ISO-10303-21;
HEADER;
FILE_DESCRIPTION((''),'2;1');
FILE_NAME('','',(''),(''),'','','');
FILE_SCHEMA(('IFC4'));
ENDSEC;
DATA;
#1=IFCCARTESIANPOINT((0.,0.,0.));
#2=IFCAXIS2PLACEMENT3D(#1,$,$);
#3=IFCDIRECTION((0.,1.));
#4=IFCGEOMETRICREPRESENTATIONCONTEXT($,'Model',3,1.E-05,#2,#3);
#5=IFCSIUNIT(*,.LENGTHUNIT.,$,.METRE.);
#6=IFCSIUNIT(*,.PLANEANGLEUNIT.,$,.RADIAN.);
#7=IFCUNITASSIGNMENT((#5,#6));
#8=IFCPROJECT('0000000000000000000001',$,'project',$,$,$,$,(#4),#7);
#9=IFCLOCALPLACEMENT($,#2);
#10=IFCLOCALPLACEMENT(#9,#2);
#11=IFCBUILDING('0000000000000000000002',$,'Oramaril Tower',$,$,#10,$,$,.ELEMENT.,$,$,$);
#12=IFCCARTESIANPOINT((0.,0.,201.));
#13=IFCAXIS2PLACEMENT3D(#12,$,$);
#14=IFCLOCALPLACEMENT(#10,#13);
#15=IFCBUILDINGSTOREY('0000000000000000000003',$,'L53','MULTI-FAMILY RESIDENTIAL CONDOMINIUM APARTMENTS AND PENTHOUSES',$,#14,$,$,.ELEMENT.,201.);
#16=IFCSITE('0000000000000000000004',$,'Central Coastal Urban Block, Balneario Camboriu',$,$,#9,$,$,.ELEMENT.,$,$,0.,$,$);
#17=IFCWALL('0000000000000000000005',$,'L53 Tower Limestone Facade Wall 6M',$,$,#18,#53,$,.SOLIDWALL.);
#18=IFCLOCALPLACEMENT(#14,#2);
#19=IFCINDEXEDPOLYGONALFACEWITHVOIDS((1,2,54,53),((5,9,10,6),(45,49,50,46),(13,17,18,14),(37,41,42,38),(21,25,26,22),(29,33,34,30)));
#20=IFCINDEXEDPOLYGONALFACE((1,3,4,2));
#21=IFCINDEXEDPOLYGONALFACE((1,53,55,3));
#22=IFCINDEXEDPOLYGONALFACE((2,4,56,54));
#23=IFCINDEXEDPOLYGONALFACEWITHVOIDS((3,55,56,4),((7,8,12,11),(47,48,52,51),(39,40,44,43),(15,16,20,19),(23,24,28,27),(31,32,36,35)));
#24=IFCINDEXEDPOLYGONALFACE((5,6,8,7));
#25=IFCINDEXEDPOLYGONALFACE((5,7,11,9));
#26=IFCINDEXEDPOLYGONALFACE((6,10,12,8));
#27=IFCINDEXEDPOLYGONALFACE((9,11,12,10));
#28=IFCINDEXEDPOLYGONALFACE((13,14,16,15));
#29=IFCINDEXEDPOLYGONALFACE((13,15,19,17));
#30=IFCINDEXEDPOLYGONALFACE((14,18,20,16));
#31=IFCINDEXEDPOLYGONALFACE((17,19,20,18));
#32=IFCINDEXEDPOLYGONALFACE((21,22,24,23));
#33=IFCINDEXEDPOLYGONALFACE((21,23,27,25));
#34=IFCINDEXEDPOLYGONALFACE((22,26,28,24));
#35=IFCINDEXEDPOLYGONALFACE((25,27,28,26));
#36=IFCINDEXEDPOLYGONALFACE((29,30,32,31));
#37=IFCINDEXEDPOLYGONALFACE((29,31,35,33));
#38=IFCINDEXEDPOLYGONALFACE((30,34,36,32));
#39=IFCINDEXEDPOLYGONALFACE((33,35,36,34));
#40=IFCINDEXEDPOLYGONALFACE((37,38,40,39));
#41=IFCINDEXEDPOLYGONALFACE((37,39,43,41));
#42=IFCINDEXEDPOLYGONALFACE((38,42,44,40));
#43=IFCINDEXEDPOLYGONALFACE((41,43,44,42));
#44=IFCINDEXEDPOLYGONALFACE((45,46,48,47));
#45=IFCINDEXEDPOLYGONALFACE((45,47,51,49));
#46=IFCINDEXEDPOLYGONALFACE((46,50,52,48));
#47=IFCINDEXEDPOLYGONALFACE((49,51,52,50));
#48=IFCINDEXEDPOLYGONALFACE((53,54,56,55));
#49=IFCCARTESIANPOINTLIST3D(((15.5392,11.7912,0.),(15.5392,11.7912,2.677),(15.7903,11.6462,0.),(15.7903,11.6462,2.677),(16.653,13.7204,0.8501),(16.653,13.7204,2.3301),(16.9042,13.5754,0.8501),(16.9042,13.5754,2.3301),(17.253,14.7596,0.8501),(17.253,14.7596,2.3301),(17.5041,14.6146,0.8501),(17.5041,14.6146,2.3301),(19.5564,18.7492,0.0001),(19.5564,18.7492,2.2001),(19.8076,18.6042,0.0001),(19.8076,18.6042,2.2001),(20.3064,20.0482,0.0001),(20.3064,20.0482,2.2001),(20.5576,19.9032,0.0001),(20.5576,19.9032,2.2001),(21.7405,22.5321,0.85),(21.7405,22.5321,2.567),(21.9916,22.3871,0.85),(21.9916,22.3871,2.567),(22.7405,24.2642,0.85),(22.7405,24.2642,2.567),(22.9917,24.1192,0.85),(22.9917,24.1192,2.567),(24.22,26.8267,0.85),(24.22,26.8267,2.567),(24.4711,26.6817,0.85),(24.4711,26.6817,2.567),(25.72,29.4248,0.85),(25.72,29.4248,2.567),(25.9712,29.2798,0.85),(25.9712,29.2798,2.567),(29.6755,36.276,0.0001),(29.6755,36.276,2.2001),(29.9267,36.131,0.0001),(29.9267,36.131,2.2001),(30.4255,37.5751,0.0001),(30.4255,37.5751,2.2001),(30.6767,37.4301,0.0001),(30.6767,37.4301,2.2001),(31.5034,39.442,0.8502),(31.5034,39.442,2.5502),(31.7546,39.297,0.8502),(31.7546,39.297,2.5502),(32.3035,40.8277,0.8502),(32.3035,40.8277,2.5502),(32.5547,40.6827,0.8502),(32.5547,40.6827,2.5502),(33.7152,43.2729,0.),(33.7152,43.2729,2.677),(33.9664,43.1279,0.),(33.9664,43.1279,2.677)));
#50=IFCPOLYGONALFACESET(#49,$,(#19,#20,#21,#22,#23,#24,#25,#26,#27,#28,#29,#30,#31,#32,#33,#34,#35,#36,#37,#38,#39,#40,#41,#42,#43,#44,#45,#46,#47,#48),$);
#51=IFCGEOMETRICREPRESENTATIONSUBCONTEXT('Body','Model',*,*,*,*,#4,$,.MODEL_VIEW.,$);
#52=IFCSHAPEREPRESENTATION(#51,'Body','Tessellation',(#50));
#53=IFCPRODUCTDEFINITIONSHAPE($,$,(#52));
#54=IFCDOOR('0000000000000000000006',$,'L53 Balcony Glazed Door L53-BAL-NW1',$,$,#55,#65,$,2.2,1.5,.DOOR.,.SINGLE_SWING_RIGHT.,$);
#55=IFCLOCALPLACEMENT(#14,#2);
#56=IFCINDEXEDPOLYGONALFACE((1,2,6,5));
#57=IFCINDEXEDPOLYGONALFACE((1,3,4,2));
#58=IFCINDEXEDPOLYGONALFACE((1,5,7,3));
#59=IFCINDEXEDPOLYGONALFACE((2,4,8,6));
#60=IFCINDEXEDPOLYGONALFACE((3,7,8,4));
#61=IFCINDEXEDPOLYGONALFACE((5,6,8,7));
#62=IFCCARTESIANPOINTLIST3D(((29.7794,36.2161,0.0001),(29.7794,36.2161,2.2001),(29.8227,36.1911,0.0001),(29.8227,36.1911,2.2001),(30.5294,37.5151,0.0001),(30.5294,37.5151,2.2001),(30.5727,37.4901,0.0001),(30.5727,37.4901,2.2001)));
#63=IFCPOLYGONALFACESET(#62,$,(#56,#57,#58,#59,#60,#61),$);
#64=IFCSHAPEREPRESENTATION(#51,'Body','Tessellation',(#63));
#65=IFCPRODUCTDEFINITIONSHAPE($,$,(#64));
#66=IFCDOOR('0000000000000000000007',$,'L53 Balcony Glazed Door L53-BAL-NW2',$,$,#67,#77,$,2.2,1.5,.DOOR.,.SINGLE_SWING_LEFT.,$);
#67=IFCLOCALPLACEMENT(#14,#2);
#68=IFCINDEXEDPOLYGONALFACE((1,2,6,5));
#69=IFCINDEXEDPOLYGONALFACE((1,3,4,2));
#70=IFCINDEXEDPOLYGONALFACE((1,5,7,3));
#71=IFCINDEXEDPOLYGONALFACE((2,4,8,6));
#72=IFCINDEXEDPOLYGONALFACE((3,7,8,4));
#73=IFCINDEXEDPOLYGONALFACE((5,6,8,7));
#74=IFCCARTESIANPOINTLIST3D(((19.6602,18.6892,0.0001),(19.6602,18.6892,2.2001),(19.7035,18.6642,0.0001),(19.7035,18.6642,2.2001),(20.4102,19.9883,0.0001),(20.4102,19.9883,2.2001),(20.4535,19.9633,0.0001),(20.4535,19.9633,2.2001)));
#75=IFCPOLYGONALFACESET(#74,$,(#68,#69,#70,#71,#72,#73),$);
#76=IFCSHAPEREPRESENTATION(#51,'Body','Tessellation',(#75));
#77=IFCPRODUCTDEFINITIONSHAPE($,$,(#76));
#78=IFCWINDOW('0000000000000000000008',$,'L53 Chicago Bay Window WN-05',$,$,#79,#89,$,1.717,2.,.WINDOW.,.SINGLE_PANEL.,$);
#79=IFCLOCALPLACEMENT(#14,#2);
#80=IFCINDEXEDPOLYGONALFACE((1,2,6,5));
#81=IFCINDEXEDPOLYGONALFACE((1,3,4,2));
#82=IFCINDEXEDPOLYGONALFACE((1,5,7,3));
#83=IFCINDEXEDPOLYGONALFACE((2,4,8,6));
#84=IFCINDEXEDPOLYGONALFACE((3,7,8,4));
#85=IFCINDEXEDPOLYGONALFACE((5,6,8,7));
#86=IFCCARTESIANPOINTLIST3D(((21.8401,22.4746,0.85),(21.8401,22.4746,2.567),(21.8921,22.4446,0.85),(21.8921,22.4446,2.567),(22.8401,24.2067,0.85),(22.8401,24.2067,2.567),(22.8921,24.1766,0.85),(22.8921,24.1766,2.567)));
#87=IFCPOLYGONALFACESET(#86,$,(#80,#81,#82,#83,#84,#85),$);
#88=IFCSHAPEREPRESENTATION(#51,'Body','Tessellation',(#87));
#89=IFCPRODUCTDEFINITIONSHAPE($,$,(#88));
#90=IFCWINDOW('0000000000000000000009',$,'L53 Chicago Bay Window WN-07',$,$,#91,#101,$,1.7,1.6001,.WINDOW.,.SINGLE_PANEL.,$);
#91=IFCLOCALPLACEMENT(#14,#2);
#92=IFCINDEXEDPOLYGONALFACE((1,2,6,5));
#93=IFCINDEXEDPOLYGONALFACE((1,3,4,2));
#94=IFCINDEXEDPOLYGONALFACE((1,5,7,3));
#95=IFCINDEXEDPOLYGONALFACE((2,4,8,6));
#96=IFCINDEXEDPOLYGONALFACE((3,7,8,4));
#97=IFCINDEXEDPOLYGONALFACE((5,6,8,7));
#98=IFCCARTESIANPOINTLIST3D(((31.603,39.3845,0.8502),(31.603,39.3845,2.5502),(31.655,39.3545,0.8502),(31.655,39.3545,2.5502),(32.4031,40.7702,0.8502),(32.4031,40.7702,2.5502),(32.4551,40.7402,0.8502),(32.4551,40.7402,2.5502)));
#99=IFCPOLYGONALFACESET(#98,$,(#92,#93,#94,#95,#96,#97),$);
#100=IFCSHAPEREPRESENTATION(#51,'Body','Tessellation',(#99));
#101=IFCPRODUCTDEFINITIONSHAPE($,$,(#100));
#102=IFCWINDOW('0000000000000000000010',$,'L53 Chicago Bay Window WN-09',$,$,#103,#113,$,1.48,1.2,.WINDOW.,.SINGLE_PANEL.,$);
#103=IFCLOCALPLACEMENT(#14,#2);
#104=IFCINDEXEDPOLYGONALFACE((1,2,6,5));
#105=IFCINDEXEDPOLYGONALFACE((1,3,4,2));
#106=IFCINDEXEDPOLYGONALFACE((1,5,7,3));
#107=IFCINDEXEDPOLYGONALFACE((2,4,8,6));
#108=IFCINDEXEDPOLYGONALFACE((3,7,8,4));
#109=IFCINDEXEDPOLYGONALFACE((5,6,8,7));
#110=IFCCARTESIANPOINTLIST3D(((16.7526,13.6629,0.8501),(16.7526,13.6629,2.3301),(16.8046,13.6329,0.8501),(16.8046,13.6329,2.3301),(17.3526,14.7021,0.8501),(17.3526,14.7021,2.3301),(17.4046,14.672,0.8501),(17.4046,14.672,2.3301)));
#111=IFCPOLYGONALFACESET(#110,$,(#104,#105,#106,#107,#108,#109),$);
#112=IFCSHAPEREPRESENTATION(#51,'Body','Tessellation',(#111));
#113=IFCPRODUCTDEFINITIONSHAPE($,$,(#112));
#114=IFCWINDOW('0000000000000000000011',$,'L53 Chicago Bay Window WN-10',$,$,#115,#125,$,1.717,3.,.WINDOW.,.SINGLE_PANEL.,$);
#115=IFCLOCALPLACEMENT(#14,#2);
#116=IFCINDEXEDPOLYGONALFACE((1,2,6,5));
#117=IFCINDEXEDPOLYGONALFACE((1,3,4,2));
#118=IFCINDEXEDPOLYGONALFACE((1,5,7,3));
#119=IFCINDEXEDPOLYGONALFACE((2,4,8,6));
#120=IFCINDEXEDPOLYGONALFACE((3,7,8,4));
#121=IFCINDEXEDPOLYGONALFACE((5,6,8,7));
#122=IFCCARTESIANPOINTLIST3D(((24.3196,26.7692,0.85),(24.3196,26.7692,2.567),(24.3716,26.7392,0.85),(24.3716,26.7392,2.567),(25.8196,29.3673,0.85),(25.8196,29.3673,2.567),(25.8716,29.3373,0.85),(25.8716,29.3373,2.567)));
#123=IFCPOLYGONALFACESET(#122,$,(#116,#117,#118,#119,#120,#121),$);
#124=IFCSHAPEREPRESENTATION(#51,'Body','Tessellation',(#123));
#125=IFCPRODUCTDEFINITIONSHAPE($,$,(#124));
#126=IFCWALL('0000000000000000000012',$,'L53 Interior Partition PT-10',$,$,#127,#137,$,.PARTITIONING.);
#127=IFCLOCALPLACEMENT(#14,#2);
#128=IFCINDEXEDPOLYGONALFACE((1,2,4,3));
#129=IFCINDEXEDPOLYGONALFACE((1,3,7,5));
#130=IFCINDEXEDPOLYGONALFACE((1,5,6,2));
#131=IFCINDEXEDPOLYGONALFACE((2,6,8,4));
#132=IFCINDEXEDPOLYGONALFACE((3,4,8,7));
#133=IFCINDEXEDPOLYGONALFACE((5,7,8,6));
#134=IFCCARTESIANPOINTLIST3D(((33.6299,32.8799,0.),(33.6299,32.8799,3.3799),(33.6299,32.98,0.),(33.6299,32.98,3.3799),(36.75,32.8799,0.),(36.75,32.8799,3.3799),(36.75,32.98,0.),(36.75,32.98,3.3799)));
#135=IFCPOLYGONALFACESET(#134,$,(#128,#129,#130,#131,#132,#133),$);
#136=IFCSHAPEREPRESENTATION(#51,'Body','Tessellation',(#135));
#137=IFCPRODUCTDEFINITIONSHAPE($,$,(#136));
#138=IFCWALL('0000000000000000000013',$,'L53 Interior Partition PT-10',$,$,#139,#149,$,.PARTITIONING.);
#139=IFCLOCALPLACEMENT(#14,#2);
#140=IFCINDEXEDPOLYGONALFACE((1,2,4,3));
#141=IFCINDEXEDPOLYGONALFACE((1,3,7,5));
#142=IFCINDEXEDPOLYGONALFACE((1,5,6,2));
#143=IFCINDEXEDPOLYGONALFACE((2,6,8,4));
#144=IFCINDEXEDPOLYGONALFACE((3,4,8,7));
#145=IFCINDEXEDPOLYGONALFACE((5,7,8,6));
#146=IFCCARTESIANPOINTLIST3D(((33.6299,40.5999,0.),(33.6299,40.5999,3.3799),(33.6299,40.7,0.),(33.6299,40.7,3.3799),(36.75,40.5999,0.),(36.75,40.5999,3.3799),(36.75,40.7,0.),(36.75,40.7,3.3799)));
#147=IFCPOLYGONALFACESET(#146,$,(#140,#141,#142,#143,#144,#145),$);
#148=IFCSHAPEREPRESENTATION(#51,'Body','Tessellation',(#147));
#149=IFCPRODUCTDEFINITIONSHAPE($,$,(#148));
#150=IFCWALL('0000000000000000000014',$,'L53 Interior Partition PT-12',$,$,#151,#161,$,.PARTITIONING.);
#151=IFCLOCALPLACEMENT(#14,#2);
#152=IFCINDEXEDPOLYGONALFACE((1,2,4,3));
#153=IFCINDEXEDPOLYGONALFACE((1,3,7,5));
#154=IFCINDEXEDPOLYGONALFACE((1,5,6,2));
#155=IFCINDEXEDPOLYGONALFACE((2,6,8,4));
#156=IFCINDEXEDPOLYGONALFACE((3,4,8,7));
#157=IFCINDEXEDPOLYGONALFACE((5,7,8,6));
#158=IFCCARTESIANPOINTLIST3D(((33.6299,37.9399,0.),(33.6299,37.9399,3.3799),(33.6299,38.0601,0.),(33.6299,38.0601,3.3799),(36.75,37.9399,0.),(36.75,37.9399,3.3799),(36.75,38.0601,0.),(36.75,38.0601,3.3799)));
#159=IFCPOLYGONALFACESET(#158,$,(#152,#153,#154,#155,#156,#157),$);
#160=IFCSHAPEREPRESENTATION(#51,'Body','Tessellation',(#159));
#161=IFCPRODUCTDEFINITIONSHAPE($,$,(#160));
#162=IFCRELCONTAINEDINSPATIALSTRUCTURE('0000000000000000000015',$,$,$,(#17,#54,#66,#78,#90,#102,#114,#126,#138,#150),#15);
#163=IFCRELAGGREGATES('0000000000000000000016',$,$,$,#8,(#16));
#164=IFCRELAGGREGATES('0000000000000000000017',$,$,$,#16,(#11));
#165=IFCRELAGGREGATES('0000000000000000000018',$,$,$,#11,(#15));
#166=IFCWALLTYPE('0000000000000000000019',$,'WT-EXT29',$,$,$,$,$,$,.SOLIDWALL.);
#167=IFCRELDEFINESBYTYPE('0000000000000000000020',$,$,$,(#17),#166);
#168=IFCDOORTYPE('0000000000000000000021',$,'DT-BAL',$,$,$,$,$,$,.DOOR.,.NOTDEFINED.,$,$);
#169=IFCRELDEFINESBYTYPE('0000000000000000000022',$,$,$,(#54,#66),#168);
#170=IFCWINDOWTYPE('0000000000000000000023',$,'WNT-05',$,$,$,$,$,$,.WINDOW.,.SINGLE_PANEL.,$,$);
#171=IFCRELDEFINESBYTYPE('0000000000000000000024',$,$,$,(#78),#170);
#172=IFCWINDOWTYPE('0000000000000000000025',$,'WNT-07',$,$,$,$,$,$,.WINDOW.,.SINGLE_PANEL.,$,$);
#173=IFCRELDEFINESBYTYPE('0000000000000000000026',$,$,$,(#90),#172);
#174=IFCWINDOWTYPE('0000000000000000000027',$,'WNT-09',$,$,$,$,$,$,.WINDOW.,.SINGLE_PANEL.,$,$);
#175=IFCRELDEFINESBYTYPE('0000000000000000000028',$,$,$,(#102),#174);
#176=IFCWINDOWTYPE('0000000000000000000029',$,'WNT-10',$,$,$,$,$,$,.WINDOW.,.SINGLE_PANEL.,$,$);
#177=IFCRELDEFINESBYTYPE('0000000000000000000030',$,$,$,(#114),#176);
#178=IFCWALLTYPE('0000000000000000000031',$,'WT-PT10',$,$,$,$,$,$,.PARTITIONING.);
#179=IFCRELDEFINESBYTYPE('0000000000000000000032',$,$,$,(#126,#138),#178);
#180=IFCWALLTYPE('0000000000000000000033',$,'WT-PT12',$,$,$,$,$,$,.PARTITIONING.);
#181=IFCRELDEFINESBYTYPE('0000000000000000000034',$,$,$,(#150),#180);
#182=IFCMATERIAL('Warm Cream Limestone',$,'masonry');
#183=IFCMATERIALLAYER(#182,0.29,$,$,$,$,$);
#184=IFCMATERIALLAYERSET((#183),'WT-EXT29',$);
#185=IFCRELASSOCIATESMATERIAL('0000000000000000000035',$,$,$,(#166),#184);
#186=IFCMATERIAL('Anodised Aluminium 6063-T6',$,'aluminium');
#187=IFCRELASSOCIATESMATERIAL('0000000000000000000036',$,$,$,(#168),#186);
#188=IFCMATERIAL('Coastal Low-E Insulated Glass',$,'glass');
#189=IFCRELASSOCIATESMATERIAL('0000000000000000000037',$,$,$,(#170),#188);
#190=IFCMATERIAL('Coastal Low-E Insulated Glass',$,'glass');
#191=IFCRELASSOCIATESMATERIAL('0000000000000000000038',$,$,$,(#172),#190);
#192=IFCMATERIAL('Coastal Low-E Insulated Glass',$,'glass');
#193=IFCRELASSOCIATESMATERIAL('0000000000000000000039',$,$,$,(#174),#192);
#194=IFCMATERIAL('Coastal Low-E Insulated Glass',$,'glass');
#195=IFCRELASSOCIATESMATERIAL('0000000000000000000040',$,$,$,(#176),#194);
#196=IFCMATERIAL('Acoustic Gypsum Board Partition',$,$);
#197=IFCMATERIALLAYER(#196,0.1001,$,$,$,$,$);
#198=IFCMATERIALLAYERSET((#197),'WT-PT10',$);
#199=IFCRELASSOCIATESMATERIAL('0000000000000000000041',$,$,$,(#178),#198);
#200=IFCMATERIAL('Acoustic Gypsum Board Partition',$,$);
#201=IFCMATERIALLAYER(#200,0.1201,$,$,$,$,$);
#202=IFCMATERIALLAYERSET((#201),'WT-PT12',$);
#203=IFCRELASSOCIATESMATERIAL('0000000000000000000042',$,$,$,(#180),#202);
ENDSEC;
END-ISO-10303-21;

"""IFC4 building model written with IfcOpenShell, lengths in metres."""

from ifc_helpers import new_model, si_unit, direction, frame, frame_2d, origin, place, context, subcontext, project, spatial, rectangle, extrude, material, layer, layer_set, type_object, element, fill, save


model = new_model("IFC4")

# Units and contexts
model_context = context("Model", 3, precision=1e-05, world=origin(), true_north=direction((0.0, 1.0)))
body_context = subcontext(model_context, "Body", "Model", "MODEL_VIEW")
ifc_project = project(units=[si_unit("LENGTHUNIT", "METRE"), si_unit("PLANEANGLEUNIT", "RADIAN")], contexts=[model_context])

# Site, building, storey
site_placement = place(None, origin())
site = spatial("IfcSite", under=ifc_project, at=site_placement, Name="Central Coastal Urban Block, Balneario Camboriu", CompositionType="ELEMENT", RefElevation=0.0)
building_placement = place(site_placement, origin())
building = spatial("IfcBuilding", under=site, at=building_placement, Name="Oramaril Tower", CompositionType="ELEMENT")
storey_placement = place(building_placement, frame((0.0, 0.0, 201.0)))
storey = spatial("IfcBuildingStorey", under=building, at=storey_placement, Name="L53", Description="MULTI-FAMILY RESIDENTIAL CONDOMINIUM APARTMENTS AND PENTHOUSES", CompositionType="ELEMENT", Elevation=201.0)

# Shared definitions
ifc_material_1 = material(Name="Warm Cream Limestone", Category="masonry")
ifc_layer_1 = layer(ifc_material_1, 0.29)
ifc_layer_set_1 = layer_set([ifc_layer_1], Name="WT-EXT29")
wall_type_1 = type_object("IfcWallType", Name="WT-EXT29", PredefinedType="SOLIDWALL", material=ifc_layer_set_1)

# Wall, openings, doors, windows
wall_1_placement = place(storey_placement, frame((33.8408, 43.2004, 0.0), z_axis=(0.0, 0.0, 1.0), x_axis=(-0.500001, -0.866025, 0.0)))
wall_1 = element("IfcWall", 1, at=wall_1_placement, inside=storey, type_object=wall_type_1, Name="L53 Tower Limestone Facade Wall 6M", PredefinedType="SOLIDWALL", context=body_context, shape_type="SweptSolid", body=[
    extrude(rectangle(XDim=36.3521, YDim=0.29, at=frame_2d((18.176, 0.0))), origin(), (0.0, 0.0, 1.0), 2.677),
])
opening_1_placement = place(wall_1_placement, frame((6.5793, 0.0, 0.0)))
opening_1 = element("IfcOpeningElement", 2, at=opening_1_placement, cuts=wall_1, PredefinedType="OPENING", context=body_context, shape_type="SweptSolid", body=[
    extrude(rectangle(XDim=1.5, YDim=2.2, at=frame_2d((0.75, 1.1001))), frame((0.0, 0.145, 0.0), z_axis=(0.0, -1.0, 0.0), x_axis=(1.0, 0.0, 0.0)), (0.0, 0.0, 1.0), 0.29),
])
opening_2_placement = place(wall_1_placement, frame((26.8176, 0.0, 0.0)))
opening_2 = element("IfcOpeningElement", 3, at=opening_2_placement, cuts=wall_1, PredefinedType="OPENING", context=body_context, shape_type="SweptSolid", body=[
    extrude(rectangle(XDim=1.5, YDim=2.2, at=frame_2d((0.75, 1.1001))), frame((0.0, 0.145, 0.0), z_axis=(0.0, -1.0, 0.0), x_axis=(1.0, 0.0, 0.0)), (0.0, 0.0, 1.0), 0.29),
])
opening_3_placement = place(wall_1_placement, frame((32.9243, 0.0, 0.8501)))
opening_3 = element("IfcOpeningElement", 4, at=opening_3_placement, cuts=wall_1, PredefinedType="OPENING", context=body_context, shape_type="SweptSolid", body=[
    extrude(rectangle(XDim=1.2, YDim=1.48, at=frame_2d((0.6001, 0.74))), frame((0.0, 0.145, 0.0), z_axis=(0.0, -1.0, 0.0), x_axis=(1.0, 0.0, 0.0)), (0.0, 0.0, 1.0), 0.29),
])
opening_4_placement = place(wall_1_placement, frame((21.9495, 0.0, 0.8501)))
opening_4 = element("IfcOpeningElement", 5, at=opening_4_placement, cuts=wall_1, PredefinedType="OPENING", context=body_context, shape_type="SweptSolid", body=[
    extrude(rectangle(XDim=2.0, YDim=1.717, at=frame_2d((1.0, 0.8584))), frame((0.0, 0.145, 0.0), z_axis=(0.0, -1.0, 0.0), x_axis=(1.0, 0.0, 0.0)), (0.0, 0.0, 1.0), 0.29),
])
opening_5_placement = place(wall_1_placement, frame((2.8235, 0.0, 0.8501)))
opening_5 = element("IfcOpeningElement", 6, at=opening_5_placement, cuts=wall_1, PredefinedType="OPENING", context=body_context, shape_type="SweptSolid", body=[
    extrude(rectangle(XDim=1.6001, YDim=1.7, at=frame_2d((0.8, 0.8501))), frame((0.0, 0.145, 0.0), z_axis=(0.0, -1.0, 0.0), x_axis=(1.0, 0.0, 0.0)), (0.0, 0.0, 1.0), 0.29),
])
opening_6_placement = place(wall_1_placement, frame((15.9905, 0.0, 0.8501)))
opening_6 = element("IfcOpeningElement", 7, at=opening_6_placement, cuts=wall_1, PredefinedType="OPENING", context=body_context, shape_type="SweptSolid", body=[
    extrude(rectangle(XDim=3.0, YDim=1.717, at=frame_2d((1.5, 0.8584))), frame((0.0, 0.145, 0.0), z_axis=(0.0, -1.0, 0.0), x_axis=(1.0, 0.0, 0.0)), (0.0, 0.0, 1.0), 0.29),
])
ifc_material_2 = material(Name="Anodised Aluminium 6063-T6", Category="aluminium")
door_type_1 = type_object("IfcDoorType", Name="DT-BAL", OperationType="NOTDEFINED", PredefinedType="DOOR", material=ifc_material_2)
door_1_placement = place(opening_1_placement, origin())
door_1 = element("IfcDoor", 8, at=door_1_placement, inside=storey, type_object=door_type_1, Name="L53 Balcony Glazed Door L53-BAL-NW1", OperationType="SINGLE_SWING_RIGHT", OverallHeight=2.2, OverallWidth=1.5, PredefinedType="DOOR", context=body_context, shape_type="SweptSolid", body=[
    extrude(rectangle(XDim=1.5, YDim=2.2, at=frame_2d((0.75, 1.1001))), frame((0.0, 0.0249, 0.0), z_axis=(0.0, -1.0, 0.0), x_axis=(1.0, 0.0, 0.0)), (0.0, 0.0, 1.0), 0.05),
])
fill(opening_1, door_1)
door_2_placement = place(opening_2_placement, origin())
door_2 = element("IfcDoor", 9, at=door_2_placement, inside=storey, type_object=door_type_1, Name="L53 Balcony Glazed Door L53-BAL-NW2", OperationType="SINGLE_SWING_LEFT", OverallHeight=2.2, OverallWidth=1.5, PredefinedType="DOOR", context=body_context, shape_type="SweptSolid", body=[
    extrude(rectangle(XDim=1.5, YDim=2.2, at=frame_2d((0.75, 1.1001))), frame((0.0, 0.0249, 0.0), z_axis=(0.0, -1.0, 0.0), x_axis=(1.0, 0.0, 0.0)), (0.0, 0.0, 1.0), 0.05),
])
fill(opening_2, door_2)
ifc_material_3 = material(Name="Coastal Low-E Insulated Glass", Category="glass")
window_type_1 = type_object("IfcWindowType", Name="WNT-05", PartitioningType="SINGLE_PANEL", PredefinedType="WINDOW", material=ifc_material_3)
window_1_placement = place(opening_4_placement, origin())
window_1 = element("IfcWindow", 10, at=window_1_placement, inside=storey, type_object=window_type_1, Name="L53 Chicago Bay Window WN-05", OverallHeight=1.717, OverallWidth=2.0, PartitioningType="SINGLE_PANEL", PredefinedType="WINDOW", context=body_context, shape_type="SweptSolid", body=[
    extrude(rectangle(XDim=2.0, YDim=1.717, at=frame_2d((1.0, 0.8584))), frame((0.0, 0.03, 0.0), z_axis=(0.0, -1.0, 0.0), x_axis=(1.0, 0.0, 0.0)), (0.0, 0.0, 1.0), 0.0601),
])
fill(opening_4, window_1)
ifc_material_4 = material(Name="Coastal Low-E Insulated Glass", Category="glass")
window_type_2 = type_object("IfcWindowType", Name="WNT-07", PartitioningType="SINGLE_PANEL", PredefinedType="WINDOW", material=ifc_material_4)
window_2_placement = place(opening_5_placement, origin())
window_2 = element("IfcWindow", 11, at=window_2_placement, inside=storey, type_object=window_type_2, Name="L53 Chicago Bay Window WN-07", OverallHeight=1.7, OverallWidth=1.6001, PartitioningType="SINGLE_PANEL", PredefinedType="WINDOW", context=body_context, shape_type="SweptSolid", body=[
    extrude(rectangle(XDim=1.6001, YDim=1.7, at=frame_2d((0.8, 0.8501))), frame((0.0, 0.03, 0.0), z_axis=(0.0, -1.0, 0.0), x_axis=(1.0, 0.0, 0.0)), (0.0, 0.0, 1.0), 0.0601),
])
fill(opening_5, window_2)
ifc_material_5 = material(Name="Coastal Low-E Insulated Glass", Category="glass")
window_type_3 = type_object("IfcWindowType", Name="WNT-09", PartitioningType="SINGLE_PANEL", PredefinedType="WINDOW", material=ifc_material_5)
window_3_placement = place(opening_3_placement, origin())
window_3 = element("IfcWindow", 12, at=window_3_placement, inside=storey, type_object=window_type_3, Name="L53 Chicago Bay Window WN-09", OverallHeight=1.48, OverallWidth=1.2, PartitioningType="SINGLE_PANEL", PredefinedType="WINDOW", context=body_context, shape_type="SweptSolid", body=[
    extrude(rectangle(XDim=1.2, YDim=1.48, at=frame_2d((0.6001, 0.74))), frame((0.0, 0.03, 0.0), z_axis=(0.0, -1.0, 0.0), x_axis=(1.0, 0.0, 0.0)), (0.0, 0.0, 1.0), 0.0601),
])
fill(opening_3, window_3)
ifc_material_6 = material(Name="Coastal Low-E Insulated Glass", Category="glass")
window_type_4 = type_object("IfcWindowType", Name="WNT-10", PartitioningType="SINGLE_PANEL", PredefinedType="WINDOW", material=ifc_material_6)
window_4_placement = place(opening_6_placement, origin())
window_4 = element("IfcWindow", 13, at=window_4_placement, inside=storey, type_object=window_type_4, Name="L53 Chicago Bay Window WN-10", OverallHeight=1.717, OverallWidth=3.0, PartitioningType="SINGLE_PANEL", PredefinedType="WINDOW", context=body_context, shape_type="SweptSolid", body=[
    extrude(rectangle(XDim=3.0, YDim=1.717, at=frame_2d((1.5, 0.8584))), frame((0.0, 0.03, 0.0), z_axis=(0.0, -1.0, 0.0), x_axis=(1.0, 0.0, 0.0)), (0.0, 0.0, 1.0), 0.0601),
])
fill(opening_6, window_4)

# Walls
ifc_material_7 = material(Name="Acoustic Gypsum Board Partition")
ifc_layer_2 = layer(ifc_material_7, 0.1001)
ifc_layer_set_2 = layer_set([ifc_layer_2], Name="WT-PT10")
wall_type_2 = type_object("IfcWallType", Name="WT-PT10", PredefinedType="PARTITIONING", material=ifc_layer_set_2)
for number, where, z_axis, x_axis, name in (
    (14, (33.6299, 32.9299, 0.0), (0.0, 0.0, 1.0), (1.0, 0.0, 0.0), "L53 Interior Partition PT-10"),
    (15, (33.6299, 40.6499, 0.0), (0.0, 0.0, 1.0), (1.0, 0.0, 0.0), "L53 Interior Partition PT-10"),
):
    element("IfcWall", number, at=place(storey_placement, frame(where, z_axis=z_axis, x_axis=x_axis)), inside=storey, type_object=wall_type_2, Name=name, PredefinedType="PARTITIONING", context=body_context, shape_type="SweptSolid", body=[
        extrude(rectangle(XDim=3.1201, YDim=0.1001, at=frame_2d((1.5601, 0.0))), origin(), (0.0, 0.0, 1.0), 3.3799),
    ])
ifc_material_8 = material(Name="Acoustic Gypsum Board Partition")
ifc_layer_3 = layer(ifc_material_8, 0.1201)
ifc_layer_set_3 = layer_set([ifc_layer_3], Name="WT-PT12")
wall_type_3 = type_object("IfcWallType", Name="WT-PT12", PredefinedType="PARTITIONING", material=ifc_layer_set_3)
wall_2_placement = place(storey_placement, frame((33.6299, 38.0, 0.0), z_axis=(0.0, 0.0, 1.0), x_axis=(1.0, 0.0, 0.0)))
element("IfcWall", 16, at=wall_2_placement, inside=storey, type_object=wall_type_3, Name="L53 Interior Partition PT-12", PredefinedType="PARTITIONING", context=body_context, shape_type="SweptSolid", body=[
    extrude(rectangle(XDim=3.1201, YDim=0.1201, at=frame_2d((1.5601, 0.0))), origin(), (0.0, 0.0, 1.0), 3.3799),
])

save(model, "model.ifc")
